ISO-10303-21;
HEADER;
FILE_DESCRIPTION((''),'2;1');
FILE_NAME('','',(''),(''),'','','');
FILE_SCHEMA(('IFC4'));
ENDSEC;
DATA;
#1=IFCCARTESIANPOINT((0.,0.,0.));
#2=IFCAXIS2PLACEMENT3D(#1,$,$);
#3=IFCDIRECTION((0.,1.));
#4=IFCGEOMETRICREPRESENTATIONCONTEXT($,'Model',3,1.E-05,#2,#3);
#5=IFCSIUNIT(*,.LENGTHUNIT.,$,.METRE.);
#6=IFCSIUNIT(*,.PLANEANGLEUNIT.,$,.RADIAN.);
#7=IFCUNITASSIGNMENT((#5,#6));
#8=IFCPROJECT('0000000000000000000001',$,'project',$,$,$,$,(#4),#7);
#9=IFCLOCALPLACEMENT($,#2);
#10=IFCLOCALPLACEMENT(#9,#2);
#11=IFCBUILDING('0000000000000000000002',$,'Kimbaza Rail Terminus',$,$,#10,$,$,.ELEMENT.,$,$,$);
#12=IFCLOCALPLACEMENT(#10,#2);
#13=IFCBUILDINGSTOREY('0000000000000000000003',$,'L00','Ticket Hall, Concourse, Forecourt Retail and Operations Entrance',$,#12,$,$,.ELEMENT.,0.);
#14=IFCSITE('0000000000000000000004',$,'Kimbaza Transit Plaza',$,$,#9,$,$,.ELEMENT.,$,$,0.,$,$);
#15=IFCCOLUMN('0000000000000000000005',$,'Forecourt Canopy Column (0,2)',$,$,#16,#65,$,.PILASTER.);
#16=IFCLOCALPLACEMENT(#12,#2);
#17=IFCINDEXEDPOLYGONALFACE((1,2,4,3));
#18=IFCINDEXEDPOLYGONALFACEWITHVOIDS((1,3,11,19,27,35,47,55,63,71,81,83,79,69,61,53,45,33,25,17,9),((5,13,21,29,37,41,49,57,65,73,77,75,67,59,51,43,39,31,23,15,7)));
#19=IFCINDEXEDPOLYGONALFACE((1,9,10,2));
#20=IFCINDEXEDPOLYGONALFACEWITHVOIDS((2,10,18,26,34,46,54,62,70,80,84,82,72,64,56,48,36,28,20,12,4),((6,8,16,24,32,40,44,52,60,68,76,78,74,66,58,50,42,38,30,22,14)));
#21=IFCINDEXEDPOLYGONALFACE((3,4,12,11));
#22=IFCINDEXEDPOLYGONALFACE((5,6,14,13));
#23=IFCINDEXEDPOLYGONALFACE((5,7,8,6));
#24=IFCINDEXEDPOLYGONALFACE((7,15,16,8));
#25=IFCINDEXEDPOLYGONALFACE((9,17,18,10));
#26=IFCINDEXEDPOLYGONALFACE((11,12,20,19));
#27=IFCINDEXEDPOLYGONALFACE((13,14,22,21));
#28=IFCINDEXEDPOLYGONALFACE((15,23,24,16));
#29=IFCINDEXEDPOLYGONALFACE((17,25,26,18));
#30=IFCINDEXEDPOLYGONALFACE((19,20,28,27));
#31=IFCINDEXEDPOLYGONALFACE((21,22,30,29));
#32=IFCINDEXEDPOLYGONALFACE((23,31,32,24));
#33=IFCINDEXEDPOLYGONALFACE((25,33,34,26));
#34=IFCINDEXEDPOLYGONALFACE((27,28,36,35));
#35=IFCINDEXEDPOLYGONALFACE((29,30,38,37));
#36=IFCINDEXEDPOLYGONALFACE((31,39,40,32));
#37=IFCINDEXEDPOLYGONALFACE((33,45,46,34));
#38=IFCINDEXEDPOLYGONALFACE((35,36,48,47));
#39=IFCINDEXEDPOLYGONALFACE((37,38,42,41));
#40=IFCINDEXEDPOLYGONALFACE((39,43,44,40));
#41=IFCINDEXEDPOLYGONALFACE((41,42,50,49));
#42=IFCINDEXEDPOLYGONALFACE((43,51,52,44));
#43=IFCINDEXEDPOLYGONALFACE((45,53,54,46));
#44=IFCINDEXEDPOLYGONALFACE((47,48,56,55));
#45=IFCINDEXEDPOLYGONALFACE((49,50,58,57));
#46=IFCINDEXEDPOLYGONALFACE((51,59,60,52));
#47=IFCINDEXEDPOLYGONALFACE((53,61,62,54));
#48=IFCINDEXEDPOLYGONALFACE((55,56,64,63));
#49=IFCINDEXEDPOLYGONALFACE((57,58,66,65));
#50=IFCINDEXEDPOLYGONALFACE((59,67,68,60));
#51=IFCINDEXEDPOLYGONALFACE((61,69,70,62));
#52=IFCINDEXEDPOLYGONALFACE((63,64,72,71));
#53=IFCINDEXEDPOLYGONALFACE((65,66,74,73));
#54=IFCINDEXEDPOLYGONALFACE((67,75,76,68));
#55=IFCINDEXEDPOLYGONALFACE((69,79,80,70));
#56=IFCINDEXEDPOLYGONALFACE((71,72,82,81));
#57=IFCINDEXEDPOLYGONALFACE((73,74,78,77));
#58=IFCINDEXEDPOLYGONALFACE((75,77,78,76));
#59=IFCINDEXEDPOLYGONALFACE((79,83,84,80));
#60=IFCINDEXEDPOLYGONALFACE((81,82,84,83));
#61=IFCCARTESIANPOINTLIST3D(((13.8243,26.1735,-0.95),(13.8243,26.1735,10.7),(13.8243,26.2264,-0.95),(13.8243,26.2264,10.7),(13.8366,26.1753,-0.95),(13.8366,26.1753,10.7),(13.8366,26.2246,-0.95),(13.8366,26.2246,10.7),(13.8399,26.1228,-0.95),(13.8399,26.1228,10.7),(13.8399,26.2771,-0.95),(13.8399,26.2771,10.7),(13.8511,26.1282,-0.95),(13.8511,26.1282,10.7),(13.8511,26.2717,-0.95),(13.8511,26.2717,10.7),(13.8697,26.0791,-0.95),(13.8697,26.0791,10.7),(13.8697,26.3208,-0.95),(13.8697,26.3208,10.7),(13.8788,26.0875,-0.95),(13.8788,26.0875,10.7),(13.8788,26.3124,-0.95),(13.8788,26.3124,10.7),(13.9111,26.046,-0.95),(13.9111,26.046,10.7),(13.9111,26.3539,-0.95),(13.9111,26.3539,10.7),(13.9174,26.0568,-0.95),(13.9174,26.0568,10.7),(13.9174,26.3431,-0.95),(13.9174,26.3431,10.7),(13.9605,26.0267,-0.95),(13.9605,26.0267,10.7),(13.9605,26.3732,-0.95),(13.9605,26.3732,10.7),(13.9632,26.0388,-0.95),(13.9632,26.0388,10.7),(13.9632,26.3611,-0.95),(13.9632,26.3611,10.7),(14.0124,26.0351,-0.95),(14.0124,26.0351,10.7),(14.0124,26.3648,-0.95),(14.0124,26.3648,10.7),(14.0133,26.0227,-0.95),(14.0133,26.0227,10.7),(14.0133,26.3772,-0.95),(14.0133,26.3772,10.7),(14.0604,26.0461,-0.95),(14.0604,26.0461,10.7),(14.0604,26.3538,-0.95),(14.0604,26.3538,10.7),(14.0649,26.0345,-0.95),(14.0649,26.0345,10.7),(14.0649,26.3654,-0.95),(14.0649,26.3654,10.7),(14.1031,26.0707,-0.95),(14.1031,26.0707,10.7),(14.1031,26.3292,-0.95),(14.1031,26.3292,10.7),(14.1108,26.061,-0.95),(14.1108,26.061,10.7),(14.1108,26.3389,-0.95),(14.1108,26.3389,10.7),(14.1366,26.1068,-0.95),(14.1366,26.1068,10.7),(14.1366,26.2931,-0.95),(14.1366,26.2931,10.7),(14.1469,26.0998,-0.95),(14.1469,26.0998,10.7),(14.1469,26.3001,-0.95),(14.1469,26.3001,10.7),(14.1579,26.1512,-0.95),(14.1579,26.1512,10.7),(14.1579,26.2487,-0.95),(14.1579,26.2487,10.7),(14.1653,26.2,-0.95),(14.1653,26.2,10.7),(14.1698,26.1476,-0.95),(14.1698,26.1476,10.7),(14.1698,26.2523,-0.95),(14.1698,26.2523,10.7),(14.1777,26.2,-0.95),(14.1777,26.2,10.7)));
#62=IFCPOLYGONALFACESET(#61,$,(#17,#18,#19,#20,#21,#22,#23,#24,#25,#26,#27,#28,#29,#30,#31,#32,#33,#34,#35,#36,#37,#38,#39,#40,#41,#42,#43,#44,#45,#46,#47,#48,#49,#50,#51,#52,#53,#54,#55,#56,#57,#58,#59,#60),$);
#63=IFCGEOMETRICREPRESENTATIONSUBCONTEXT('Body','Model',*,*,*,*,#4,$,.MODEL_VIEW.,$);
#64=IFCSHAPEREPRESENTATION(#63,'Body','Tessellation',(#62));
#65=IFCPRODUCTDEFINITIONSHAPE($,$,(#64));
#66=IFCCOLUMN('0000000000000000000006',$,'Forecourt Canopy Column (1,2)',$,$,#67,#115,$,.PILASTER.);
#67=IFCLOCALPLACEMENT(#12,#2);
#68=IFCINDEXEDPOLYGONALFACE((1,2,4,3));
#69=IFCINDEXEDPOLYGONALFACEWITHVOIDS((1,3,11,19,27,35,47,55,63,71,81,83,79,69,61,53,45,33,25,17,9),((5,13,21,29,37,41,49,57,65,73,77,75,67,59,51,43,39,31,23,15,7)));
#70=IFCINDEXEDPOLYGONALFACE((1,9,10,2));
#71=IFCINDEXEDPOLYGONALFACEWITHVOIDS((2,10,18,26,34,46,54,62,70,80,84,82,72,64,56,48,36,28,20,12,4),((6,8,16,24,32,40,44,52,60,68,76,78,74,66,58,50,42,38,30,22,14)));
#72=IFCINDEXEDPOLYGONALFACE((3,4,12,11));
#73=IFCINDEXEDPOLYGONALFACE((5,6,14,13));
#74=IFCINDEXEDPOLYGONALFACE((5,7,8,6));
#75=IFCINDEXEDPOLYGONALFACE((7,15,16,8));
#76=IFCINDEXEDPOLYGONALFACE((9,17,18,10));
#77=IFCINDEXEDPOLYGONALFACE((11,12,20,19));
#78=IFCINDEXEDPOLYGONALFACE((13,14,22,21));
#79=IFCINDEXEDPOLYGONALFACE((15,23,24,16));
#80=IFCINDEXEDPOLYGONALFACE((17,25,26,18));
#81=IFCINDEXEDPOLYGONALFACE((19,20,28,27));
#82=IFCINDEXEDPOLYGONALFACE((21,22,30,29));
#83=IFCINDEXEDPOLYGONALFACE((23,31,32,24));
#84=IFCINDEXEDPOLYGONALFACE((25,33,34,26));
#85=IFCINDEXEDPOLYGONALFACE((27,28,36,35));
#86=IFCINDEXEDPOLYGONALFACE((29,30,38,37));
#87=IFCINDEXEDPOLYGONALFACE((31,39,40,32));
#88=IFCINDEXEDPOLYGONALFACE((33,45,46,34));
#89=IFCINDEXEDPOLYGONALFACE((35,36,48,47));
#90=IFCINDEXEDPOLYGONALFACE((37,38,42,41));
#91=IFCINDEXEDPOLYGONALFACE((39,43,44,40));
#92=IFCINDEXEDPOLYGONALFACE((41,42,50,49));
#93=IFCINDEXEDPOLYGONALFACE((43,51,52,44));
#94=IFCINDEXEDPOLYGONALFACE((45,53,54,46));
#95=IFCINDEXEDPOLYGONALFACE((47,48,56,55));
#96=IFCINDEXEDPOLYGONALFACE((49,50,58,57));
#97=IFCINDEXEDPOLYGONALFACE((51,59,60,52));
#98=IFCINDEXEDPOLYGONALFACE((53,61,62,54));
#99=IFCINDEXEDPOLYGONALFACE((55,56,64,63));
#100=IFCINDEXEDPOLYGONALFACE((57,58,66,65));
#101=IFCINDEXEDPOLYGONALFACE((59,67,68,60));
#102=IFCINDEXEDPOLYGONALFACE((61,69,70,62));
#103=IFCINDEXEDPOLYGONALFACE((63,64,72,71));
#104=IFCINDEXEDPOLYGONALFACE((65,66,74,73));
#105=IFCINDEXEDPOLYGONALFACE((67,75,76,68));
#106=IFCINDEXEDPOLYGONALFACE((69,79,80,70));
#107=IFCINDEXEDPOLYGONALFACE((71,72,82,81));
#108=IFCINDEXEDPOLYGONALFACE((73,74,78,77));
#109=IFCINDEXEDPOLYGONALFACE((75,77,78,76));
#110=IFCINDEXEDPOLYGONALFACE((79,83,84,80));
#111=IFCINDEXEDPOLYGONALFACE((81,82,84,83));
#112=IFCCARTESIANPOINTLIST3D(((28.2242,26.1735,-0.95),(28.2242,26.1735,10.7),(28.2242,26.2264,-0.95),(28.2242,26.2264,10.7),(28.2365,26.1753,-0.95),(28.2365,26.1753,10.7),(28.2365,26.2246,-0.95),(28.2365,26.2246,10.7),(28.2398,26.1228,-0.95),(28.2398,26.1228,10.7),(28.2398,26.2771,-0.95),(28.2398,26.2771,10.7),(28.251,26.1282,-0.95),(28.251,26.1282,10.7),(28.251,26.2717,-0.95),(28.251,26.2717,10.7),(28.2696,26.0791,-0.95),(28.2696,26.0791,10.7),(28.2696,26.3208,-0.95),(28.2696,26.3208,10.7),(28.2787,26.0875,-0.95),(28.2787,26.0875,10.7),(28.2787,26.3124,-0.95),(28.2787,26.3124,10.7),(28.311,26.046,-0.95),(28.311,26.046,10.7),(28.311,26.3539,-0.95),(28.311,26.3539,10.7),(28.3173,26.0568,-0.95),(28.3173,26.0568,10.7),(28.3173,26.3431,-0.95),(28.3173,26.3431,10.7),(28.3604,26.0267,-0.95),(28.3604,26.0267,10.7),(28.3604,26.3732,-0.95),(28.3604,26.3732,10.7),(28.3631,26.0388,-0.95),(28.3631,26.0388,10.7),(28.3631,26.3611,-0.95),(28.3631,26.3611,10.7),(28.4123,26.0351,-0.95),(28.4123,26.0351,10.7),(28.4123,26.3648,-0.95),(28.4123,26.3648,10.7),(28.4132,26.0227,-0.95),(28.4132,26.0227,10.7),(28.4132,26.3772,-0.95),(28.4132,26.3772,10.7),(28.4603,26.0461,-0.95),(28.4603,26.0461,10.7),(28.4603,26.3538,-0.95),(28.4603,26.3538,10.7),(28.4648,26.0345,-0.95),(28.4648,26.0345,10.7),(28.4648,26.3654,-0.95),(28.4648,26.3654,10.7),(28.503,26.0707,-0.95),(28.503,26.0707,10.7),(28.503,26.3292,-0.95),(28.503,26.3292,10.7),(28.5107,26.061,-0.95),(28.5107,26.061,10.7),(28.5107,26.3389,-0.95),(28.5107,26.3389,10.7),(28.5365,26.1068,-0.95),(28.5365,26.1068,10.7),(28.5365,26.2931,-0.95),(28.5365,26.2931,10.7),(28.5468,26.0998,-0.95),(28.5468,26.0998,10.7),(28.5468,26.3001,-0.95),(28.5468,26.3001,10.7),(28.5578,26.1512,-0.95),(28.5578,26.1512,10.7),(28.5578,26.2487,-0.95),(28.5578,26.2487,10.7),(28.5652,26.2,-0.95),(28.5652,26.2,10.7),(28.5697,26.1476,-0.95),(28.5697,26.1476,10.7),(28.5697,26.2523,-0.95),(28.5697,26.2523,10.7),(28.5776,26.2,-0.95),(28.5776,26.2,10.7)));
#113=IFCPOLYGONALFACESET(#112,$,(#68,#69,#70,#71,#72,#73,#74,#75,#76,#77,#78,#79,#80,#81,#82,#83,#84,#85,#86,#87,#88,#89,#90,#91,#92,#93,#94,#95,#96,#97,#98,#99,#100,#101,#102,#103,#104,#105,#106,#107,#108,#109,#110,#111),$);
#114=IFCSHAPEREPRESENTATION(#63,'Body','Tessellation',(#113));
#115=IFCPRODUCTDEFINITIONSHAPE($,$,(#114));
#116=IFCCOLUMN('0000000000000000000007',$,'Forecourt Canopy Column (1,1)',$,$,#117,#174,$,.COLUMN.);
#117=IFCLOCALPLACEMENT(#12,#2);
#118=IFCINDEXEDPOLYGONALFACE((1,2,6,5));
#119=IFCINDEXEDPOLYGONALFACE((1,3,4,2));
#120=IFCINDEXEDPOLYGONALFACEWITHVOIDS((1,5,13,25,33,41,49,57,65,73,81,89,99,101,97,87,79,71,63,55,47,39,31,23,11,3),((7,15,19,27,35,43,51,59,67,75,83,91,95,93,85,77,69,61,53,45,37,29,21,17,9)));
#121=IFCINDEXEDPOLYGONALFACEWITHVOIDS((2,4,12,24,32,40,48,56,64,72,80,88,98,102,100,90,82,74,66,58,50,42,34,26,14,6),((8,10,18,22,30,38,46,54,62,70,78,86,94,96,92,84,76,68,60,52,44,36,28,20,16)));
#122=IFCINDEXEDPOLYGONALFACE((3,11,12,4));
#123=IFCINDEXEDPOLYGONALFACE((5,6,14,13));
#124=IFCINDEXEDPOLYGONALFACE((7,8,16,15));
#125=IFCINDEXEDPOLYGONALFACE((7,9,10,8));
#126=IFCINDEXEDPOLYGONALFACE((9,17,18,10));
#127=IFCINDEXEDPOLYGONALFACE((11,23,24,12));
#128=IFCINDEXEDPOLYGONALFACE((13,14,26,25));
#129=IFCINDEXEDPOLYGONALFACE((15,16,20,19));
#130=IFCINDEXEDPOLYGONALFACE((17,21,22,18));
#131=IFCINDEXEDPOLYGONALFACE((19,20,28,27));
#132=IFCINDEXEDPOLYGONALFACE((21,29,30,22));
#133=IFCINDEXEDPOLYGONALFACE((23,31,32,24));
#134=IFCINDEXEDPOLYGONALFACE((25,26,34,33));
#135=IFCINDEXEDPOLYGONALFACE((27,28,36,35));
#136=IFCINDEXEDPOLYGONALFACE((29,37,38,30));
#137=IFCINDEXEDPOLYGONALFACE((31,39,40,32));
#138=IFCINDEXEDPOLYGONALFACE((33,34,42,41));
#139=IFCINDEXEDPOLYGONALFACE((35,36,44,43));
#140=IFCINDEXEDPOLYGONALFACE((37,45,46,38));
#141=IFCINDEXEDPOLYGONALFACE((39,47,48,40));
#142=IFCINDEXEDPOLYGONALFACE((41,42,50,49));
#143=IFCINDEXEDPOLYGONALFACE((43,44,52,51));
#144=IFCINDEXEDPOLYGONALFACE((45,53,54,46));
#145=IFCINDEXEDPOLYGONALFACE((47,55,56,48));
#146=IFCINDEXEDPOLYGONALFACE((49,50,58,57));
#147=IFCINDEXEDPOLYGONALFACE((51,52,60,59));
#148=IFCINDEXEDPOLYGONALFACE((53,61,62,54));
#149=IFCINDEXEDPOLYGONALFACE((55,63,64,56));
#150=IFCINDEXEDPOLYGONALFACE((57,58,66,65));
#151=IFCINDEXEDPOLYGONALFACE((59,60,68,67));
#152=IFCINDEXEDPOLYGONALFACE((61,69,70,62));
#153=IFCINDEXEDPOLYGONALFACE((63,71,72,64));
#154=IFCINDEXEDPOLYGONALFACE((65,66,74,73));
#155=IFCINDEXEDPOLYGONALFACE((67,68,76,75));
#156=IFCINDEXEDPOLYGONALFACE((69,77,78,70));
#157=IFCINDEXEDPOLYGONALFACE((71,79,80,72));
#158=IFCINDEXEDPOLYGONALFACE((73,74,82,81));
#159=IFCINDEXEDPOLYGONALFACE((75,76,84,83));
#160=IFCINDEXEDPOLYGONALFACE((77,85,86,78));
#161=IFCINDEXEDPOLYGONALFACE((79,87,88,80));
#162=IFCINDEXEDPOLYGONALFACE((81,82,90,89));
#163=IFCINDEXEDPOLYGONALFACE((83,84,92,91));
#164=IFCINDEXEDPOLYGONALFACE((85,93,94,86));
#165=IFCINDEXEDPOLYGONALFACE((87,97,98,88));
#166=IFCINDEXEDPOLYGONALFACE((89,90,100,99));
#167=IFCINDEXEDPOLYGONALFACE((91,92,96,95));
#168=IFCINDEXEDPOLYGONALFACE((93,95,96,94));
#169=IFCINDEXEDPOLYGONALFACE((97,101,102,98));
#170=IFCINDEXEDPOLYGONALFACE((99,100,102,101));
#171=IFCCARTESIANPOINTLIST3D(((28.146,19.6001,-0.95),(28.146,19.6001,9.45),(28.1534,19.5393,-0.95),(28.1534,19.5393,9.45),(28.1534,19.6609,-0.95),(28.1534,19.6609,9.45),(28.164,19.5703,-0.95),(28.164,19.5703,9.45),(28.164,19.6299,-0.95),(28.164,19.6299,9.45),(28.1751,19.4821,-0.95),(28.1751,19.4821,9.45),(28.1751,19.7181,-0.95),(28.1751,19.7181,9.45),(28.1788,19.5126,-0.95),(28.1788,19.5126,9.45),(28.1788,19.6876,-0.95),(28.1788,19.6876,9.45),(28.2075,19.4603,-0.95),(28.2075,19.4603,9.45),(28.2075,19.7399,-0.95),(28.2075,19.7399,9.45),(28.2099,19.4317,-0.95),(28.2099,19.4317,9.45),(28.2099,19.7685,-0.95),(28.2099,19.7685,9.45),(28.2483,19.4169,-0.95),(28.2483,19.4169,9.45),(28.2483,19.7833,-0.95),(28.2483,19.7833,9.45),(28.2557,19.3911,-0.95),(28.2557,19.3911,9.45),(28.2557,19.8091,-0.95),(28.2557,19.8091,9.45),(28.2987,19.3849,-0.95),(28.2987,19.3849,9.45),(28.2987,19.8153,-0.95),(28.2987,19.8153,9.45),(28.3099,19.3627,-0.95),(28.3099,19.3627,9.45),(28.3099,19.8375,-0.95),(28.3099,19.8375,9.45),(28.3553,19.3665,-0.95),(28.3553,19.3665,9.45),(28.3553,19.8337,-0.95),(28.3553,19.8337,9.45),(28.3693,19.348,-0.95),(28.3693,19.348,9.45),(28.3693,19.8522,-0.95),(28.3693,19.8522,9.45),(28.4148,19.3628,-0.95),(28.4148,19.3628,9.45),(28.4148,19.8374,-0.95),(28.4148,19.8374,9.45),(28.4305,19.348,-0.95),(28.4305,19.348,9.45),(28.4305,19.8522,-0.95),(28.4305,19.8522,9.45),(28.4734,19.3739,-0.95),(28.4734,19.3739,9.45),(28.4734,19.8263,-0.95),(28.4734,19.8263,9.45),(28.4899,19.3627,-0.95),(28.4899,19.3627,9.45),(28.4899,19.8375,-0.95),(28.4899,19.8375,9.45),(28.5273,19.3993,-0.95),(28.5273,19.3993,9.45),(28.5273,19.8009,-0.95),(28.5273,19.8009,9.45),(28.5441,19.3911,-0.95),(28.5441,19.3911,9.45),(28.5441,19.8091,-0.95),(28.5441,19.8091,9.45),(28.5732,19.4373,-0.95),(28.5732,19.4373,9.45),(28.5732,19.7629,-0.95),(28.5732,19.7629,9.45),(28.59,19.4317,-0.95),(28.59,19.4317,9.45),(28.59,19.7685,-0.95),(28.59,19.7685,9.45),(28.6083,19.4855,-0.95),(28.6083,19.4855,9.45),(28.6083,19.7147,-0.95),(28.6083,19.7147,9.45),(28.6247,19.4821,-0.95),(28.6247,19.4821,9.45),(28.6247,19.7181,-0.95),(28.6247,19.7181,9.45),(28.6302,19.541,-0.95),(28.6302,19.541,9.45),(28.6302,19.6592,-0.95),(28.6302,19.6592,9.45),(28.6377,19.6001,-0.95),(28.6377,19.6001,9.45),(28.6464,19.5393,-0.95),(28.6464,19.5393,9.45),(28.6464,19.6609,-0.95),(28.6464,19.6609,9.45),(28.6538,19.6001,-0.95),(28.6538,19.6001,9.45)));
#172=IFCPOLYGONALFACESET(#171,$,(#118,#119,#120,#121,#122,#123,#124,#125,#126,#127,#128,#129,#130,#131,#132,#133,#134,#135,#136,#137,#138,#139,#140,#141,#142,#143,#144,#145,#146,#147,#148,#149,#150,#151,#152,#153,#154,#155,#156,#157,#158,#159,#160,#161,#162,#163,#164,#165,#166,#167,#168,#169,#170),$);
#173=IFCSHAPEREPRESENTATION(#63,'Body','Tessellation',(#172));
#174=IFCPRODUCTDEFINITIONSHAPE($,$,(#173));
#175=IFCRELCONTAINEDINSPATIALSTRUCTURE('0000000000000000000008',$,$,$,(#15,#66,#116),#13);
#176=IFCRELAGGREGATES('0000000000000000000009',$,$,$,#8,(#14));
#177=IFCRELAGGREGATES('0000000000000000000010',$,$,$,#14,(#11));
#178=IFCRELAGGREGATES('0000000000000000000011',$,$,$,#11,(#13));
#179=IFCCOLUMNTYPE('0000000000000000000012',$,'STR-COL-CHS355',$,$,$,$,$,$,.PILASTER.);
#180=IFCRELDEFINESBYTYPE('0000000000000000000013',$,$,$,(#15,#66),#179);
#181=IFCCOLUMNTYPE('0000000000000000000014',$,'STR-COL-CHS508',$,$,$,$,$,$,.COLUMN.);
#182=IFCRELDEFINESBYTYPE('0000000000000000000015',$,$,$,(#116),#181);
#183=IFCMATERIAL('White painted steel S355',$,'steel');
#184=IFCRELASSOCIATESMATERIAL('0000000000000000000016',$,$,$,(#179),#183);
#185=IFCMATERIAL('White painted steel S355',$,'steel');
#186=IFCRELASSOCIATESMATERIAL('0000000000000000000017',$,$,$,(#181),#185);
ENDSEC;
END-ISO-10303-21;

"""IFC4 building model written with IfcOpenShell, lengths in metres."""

from ifc_helpers import new_model, si_unit, direction, frame, origin, origin_2d, place, context, subcontext, project, spatial, hollow_circle, extrude, material, material_profile, profile_set, type_object, element, save


model = new_model("IFC4")

# Units and contexts
model_context = context("Model", 3, precision=1e-05, world=origin(), true_north=direction((0.0, 1.0)))
body_context = subcontext(model_context, "Body", "Model", "MODEL_VIEW")
ifc_project = project(units=[si_unit("LENGTHUNIT", "METRE"), si_unit("PLANEANGLEUNIT", "RADIAN")], contexts=[model_context])

# Site, building, storey
site_placement = place(None, origin())
site = spatial("IfcSite", under=ifc_project, at=site_placement, Name="Kimbaza Transit Plaza", CompositionType="ELEMENT", RefElevation=0.0)
building_placement = place(site_placement, origin())
building = spatial("IfcBuilding", under=site, at=building_placement, Name="Kimbaza Rail Terminus", CompositionType="ELEMENT")
storey_placement = place(building_placement, origin())
storey = spatial("IfcBuildingStorey", under=building, at=storey_placement, Name="L00", Description="Ticket Hall, Concourse, Forecourt Retail and Operations Entrance", CompositionType="ELEMENT", Elevation=0.0)

# Columns
ifc_material_1 = material(Name="White painted steel S355", Category="steel")
ifc_material_profile_1 = material_profile(ifc_material_1, hollow_circle(Radius=0.1777, WallThickness=0.0125, at=origin_2d()), Name="CHS 355.6x12.5")
ifc_profile_set_1 = profile_set([ifc_material_profile_1], Name="White painted steel S355")
column_type_1 = type_object("IfcColumnType", Name="STR-COL-CHS355", PredefinedType="PILASTER", material=ifc_profile_set_1)
for number, where, z_axis, x_axis, name in (
    (1, (14.0, 26.2, -0.95), (0.0, 0.0, 1.0), (1.0, 0.0, 0.0), "Forecourt Canopy Column (0,2)"),
    (2, (28.3999, 26.2, -0.95), (0.0, 0.0, 1.0), (1.0, 0.0, 0.0), "Forecourt Canopy Column (1,2)"),
):
    element("IfcColumn", number, at=place(storey_placement, frame(where, z_axis=z_axis, x_axis=x_axis)), inside=storey, type_object=column_type_1, Name=name, PredefinedType="PILASTER", context=body_context, shape_type="SweptSolid", body=[
        extrude(hollow_circle(Radius=0.1777, WallThickness=0.0125, at=origin_2d()), origin(), (0.0, 0.0, 1.0), 11.6499),
    ])
ifc_material_2 = material(Name="White painted steel S355", Category="steel")
ifc_material_profile_2 = material_profile(ifc_material_2, hollow_circle(Radius=0.2539, WallThickness=0.0161, at=origin_2d()), Name="CHS 508x16")
ifc_profile_set_2 = profile_set([ifc_material_profile_2], Name="White painted steel S355")
column_type_2 = type_object("IfcColumnType", Name="STR-COL-CHS508", PredefinedType="COLUMN", material=ifc_profile_set_2)
column_1_placement = place(storey_placement, frame((28.3999, 19.6001, -0.95), z_axis=(0.0, 0.0, 1.0), x_axis=(1.0, 0.0, 0.0)))
element("IfcColumn", 3, at=column_1_placement, inside=storey, type_object=column_type_2, Name="Forecourt Canopy Column (1,1)", PredefinedType="COLUMN", context=body_context, shape_type="SweptSolid", body=[
    extrude(hollow_circle(Radius=0.2539, WallThickness=0.0161, at=origin_2d()), origin(), (0.0, 0.0, 1.0), 10.3999),
])

save(model, "model.ifc")
